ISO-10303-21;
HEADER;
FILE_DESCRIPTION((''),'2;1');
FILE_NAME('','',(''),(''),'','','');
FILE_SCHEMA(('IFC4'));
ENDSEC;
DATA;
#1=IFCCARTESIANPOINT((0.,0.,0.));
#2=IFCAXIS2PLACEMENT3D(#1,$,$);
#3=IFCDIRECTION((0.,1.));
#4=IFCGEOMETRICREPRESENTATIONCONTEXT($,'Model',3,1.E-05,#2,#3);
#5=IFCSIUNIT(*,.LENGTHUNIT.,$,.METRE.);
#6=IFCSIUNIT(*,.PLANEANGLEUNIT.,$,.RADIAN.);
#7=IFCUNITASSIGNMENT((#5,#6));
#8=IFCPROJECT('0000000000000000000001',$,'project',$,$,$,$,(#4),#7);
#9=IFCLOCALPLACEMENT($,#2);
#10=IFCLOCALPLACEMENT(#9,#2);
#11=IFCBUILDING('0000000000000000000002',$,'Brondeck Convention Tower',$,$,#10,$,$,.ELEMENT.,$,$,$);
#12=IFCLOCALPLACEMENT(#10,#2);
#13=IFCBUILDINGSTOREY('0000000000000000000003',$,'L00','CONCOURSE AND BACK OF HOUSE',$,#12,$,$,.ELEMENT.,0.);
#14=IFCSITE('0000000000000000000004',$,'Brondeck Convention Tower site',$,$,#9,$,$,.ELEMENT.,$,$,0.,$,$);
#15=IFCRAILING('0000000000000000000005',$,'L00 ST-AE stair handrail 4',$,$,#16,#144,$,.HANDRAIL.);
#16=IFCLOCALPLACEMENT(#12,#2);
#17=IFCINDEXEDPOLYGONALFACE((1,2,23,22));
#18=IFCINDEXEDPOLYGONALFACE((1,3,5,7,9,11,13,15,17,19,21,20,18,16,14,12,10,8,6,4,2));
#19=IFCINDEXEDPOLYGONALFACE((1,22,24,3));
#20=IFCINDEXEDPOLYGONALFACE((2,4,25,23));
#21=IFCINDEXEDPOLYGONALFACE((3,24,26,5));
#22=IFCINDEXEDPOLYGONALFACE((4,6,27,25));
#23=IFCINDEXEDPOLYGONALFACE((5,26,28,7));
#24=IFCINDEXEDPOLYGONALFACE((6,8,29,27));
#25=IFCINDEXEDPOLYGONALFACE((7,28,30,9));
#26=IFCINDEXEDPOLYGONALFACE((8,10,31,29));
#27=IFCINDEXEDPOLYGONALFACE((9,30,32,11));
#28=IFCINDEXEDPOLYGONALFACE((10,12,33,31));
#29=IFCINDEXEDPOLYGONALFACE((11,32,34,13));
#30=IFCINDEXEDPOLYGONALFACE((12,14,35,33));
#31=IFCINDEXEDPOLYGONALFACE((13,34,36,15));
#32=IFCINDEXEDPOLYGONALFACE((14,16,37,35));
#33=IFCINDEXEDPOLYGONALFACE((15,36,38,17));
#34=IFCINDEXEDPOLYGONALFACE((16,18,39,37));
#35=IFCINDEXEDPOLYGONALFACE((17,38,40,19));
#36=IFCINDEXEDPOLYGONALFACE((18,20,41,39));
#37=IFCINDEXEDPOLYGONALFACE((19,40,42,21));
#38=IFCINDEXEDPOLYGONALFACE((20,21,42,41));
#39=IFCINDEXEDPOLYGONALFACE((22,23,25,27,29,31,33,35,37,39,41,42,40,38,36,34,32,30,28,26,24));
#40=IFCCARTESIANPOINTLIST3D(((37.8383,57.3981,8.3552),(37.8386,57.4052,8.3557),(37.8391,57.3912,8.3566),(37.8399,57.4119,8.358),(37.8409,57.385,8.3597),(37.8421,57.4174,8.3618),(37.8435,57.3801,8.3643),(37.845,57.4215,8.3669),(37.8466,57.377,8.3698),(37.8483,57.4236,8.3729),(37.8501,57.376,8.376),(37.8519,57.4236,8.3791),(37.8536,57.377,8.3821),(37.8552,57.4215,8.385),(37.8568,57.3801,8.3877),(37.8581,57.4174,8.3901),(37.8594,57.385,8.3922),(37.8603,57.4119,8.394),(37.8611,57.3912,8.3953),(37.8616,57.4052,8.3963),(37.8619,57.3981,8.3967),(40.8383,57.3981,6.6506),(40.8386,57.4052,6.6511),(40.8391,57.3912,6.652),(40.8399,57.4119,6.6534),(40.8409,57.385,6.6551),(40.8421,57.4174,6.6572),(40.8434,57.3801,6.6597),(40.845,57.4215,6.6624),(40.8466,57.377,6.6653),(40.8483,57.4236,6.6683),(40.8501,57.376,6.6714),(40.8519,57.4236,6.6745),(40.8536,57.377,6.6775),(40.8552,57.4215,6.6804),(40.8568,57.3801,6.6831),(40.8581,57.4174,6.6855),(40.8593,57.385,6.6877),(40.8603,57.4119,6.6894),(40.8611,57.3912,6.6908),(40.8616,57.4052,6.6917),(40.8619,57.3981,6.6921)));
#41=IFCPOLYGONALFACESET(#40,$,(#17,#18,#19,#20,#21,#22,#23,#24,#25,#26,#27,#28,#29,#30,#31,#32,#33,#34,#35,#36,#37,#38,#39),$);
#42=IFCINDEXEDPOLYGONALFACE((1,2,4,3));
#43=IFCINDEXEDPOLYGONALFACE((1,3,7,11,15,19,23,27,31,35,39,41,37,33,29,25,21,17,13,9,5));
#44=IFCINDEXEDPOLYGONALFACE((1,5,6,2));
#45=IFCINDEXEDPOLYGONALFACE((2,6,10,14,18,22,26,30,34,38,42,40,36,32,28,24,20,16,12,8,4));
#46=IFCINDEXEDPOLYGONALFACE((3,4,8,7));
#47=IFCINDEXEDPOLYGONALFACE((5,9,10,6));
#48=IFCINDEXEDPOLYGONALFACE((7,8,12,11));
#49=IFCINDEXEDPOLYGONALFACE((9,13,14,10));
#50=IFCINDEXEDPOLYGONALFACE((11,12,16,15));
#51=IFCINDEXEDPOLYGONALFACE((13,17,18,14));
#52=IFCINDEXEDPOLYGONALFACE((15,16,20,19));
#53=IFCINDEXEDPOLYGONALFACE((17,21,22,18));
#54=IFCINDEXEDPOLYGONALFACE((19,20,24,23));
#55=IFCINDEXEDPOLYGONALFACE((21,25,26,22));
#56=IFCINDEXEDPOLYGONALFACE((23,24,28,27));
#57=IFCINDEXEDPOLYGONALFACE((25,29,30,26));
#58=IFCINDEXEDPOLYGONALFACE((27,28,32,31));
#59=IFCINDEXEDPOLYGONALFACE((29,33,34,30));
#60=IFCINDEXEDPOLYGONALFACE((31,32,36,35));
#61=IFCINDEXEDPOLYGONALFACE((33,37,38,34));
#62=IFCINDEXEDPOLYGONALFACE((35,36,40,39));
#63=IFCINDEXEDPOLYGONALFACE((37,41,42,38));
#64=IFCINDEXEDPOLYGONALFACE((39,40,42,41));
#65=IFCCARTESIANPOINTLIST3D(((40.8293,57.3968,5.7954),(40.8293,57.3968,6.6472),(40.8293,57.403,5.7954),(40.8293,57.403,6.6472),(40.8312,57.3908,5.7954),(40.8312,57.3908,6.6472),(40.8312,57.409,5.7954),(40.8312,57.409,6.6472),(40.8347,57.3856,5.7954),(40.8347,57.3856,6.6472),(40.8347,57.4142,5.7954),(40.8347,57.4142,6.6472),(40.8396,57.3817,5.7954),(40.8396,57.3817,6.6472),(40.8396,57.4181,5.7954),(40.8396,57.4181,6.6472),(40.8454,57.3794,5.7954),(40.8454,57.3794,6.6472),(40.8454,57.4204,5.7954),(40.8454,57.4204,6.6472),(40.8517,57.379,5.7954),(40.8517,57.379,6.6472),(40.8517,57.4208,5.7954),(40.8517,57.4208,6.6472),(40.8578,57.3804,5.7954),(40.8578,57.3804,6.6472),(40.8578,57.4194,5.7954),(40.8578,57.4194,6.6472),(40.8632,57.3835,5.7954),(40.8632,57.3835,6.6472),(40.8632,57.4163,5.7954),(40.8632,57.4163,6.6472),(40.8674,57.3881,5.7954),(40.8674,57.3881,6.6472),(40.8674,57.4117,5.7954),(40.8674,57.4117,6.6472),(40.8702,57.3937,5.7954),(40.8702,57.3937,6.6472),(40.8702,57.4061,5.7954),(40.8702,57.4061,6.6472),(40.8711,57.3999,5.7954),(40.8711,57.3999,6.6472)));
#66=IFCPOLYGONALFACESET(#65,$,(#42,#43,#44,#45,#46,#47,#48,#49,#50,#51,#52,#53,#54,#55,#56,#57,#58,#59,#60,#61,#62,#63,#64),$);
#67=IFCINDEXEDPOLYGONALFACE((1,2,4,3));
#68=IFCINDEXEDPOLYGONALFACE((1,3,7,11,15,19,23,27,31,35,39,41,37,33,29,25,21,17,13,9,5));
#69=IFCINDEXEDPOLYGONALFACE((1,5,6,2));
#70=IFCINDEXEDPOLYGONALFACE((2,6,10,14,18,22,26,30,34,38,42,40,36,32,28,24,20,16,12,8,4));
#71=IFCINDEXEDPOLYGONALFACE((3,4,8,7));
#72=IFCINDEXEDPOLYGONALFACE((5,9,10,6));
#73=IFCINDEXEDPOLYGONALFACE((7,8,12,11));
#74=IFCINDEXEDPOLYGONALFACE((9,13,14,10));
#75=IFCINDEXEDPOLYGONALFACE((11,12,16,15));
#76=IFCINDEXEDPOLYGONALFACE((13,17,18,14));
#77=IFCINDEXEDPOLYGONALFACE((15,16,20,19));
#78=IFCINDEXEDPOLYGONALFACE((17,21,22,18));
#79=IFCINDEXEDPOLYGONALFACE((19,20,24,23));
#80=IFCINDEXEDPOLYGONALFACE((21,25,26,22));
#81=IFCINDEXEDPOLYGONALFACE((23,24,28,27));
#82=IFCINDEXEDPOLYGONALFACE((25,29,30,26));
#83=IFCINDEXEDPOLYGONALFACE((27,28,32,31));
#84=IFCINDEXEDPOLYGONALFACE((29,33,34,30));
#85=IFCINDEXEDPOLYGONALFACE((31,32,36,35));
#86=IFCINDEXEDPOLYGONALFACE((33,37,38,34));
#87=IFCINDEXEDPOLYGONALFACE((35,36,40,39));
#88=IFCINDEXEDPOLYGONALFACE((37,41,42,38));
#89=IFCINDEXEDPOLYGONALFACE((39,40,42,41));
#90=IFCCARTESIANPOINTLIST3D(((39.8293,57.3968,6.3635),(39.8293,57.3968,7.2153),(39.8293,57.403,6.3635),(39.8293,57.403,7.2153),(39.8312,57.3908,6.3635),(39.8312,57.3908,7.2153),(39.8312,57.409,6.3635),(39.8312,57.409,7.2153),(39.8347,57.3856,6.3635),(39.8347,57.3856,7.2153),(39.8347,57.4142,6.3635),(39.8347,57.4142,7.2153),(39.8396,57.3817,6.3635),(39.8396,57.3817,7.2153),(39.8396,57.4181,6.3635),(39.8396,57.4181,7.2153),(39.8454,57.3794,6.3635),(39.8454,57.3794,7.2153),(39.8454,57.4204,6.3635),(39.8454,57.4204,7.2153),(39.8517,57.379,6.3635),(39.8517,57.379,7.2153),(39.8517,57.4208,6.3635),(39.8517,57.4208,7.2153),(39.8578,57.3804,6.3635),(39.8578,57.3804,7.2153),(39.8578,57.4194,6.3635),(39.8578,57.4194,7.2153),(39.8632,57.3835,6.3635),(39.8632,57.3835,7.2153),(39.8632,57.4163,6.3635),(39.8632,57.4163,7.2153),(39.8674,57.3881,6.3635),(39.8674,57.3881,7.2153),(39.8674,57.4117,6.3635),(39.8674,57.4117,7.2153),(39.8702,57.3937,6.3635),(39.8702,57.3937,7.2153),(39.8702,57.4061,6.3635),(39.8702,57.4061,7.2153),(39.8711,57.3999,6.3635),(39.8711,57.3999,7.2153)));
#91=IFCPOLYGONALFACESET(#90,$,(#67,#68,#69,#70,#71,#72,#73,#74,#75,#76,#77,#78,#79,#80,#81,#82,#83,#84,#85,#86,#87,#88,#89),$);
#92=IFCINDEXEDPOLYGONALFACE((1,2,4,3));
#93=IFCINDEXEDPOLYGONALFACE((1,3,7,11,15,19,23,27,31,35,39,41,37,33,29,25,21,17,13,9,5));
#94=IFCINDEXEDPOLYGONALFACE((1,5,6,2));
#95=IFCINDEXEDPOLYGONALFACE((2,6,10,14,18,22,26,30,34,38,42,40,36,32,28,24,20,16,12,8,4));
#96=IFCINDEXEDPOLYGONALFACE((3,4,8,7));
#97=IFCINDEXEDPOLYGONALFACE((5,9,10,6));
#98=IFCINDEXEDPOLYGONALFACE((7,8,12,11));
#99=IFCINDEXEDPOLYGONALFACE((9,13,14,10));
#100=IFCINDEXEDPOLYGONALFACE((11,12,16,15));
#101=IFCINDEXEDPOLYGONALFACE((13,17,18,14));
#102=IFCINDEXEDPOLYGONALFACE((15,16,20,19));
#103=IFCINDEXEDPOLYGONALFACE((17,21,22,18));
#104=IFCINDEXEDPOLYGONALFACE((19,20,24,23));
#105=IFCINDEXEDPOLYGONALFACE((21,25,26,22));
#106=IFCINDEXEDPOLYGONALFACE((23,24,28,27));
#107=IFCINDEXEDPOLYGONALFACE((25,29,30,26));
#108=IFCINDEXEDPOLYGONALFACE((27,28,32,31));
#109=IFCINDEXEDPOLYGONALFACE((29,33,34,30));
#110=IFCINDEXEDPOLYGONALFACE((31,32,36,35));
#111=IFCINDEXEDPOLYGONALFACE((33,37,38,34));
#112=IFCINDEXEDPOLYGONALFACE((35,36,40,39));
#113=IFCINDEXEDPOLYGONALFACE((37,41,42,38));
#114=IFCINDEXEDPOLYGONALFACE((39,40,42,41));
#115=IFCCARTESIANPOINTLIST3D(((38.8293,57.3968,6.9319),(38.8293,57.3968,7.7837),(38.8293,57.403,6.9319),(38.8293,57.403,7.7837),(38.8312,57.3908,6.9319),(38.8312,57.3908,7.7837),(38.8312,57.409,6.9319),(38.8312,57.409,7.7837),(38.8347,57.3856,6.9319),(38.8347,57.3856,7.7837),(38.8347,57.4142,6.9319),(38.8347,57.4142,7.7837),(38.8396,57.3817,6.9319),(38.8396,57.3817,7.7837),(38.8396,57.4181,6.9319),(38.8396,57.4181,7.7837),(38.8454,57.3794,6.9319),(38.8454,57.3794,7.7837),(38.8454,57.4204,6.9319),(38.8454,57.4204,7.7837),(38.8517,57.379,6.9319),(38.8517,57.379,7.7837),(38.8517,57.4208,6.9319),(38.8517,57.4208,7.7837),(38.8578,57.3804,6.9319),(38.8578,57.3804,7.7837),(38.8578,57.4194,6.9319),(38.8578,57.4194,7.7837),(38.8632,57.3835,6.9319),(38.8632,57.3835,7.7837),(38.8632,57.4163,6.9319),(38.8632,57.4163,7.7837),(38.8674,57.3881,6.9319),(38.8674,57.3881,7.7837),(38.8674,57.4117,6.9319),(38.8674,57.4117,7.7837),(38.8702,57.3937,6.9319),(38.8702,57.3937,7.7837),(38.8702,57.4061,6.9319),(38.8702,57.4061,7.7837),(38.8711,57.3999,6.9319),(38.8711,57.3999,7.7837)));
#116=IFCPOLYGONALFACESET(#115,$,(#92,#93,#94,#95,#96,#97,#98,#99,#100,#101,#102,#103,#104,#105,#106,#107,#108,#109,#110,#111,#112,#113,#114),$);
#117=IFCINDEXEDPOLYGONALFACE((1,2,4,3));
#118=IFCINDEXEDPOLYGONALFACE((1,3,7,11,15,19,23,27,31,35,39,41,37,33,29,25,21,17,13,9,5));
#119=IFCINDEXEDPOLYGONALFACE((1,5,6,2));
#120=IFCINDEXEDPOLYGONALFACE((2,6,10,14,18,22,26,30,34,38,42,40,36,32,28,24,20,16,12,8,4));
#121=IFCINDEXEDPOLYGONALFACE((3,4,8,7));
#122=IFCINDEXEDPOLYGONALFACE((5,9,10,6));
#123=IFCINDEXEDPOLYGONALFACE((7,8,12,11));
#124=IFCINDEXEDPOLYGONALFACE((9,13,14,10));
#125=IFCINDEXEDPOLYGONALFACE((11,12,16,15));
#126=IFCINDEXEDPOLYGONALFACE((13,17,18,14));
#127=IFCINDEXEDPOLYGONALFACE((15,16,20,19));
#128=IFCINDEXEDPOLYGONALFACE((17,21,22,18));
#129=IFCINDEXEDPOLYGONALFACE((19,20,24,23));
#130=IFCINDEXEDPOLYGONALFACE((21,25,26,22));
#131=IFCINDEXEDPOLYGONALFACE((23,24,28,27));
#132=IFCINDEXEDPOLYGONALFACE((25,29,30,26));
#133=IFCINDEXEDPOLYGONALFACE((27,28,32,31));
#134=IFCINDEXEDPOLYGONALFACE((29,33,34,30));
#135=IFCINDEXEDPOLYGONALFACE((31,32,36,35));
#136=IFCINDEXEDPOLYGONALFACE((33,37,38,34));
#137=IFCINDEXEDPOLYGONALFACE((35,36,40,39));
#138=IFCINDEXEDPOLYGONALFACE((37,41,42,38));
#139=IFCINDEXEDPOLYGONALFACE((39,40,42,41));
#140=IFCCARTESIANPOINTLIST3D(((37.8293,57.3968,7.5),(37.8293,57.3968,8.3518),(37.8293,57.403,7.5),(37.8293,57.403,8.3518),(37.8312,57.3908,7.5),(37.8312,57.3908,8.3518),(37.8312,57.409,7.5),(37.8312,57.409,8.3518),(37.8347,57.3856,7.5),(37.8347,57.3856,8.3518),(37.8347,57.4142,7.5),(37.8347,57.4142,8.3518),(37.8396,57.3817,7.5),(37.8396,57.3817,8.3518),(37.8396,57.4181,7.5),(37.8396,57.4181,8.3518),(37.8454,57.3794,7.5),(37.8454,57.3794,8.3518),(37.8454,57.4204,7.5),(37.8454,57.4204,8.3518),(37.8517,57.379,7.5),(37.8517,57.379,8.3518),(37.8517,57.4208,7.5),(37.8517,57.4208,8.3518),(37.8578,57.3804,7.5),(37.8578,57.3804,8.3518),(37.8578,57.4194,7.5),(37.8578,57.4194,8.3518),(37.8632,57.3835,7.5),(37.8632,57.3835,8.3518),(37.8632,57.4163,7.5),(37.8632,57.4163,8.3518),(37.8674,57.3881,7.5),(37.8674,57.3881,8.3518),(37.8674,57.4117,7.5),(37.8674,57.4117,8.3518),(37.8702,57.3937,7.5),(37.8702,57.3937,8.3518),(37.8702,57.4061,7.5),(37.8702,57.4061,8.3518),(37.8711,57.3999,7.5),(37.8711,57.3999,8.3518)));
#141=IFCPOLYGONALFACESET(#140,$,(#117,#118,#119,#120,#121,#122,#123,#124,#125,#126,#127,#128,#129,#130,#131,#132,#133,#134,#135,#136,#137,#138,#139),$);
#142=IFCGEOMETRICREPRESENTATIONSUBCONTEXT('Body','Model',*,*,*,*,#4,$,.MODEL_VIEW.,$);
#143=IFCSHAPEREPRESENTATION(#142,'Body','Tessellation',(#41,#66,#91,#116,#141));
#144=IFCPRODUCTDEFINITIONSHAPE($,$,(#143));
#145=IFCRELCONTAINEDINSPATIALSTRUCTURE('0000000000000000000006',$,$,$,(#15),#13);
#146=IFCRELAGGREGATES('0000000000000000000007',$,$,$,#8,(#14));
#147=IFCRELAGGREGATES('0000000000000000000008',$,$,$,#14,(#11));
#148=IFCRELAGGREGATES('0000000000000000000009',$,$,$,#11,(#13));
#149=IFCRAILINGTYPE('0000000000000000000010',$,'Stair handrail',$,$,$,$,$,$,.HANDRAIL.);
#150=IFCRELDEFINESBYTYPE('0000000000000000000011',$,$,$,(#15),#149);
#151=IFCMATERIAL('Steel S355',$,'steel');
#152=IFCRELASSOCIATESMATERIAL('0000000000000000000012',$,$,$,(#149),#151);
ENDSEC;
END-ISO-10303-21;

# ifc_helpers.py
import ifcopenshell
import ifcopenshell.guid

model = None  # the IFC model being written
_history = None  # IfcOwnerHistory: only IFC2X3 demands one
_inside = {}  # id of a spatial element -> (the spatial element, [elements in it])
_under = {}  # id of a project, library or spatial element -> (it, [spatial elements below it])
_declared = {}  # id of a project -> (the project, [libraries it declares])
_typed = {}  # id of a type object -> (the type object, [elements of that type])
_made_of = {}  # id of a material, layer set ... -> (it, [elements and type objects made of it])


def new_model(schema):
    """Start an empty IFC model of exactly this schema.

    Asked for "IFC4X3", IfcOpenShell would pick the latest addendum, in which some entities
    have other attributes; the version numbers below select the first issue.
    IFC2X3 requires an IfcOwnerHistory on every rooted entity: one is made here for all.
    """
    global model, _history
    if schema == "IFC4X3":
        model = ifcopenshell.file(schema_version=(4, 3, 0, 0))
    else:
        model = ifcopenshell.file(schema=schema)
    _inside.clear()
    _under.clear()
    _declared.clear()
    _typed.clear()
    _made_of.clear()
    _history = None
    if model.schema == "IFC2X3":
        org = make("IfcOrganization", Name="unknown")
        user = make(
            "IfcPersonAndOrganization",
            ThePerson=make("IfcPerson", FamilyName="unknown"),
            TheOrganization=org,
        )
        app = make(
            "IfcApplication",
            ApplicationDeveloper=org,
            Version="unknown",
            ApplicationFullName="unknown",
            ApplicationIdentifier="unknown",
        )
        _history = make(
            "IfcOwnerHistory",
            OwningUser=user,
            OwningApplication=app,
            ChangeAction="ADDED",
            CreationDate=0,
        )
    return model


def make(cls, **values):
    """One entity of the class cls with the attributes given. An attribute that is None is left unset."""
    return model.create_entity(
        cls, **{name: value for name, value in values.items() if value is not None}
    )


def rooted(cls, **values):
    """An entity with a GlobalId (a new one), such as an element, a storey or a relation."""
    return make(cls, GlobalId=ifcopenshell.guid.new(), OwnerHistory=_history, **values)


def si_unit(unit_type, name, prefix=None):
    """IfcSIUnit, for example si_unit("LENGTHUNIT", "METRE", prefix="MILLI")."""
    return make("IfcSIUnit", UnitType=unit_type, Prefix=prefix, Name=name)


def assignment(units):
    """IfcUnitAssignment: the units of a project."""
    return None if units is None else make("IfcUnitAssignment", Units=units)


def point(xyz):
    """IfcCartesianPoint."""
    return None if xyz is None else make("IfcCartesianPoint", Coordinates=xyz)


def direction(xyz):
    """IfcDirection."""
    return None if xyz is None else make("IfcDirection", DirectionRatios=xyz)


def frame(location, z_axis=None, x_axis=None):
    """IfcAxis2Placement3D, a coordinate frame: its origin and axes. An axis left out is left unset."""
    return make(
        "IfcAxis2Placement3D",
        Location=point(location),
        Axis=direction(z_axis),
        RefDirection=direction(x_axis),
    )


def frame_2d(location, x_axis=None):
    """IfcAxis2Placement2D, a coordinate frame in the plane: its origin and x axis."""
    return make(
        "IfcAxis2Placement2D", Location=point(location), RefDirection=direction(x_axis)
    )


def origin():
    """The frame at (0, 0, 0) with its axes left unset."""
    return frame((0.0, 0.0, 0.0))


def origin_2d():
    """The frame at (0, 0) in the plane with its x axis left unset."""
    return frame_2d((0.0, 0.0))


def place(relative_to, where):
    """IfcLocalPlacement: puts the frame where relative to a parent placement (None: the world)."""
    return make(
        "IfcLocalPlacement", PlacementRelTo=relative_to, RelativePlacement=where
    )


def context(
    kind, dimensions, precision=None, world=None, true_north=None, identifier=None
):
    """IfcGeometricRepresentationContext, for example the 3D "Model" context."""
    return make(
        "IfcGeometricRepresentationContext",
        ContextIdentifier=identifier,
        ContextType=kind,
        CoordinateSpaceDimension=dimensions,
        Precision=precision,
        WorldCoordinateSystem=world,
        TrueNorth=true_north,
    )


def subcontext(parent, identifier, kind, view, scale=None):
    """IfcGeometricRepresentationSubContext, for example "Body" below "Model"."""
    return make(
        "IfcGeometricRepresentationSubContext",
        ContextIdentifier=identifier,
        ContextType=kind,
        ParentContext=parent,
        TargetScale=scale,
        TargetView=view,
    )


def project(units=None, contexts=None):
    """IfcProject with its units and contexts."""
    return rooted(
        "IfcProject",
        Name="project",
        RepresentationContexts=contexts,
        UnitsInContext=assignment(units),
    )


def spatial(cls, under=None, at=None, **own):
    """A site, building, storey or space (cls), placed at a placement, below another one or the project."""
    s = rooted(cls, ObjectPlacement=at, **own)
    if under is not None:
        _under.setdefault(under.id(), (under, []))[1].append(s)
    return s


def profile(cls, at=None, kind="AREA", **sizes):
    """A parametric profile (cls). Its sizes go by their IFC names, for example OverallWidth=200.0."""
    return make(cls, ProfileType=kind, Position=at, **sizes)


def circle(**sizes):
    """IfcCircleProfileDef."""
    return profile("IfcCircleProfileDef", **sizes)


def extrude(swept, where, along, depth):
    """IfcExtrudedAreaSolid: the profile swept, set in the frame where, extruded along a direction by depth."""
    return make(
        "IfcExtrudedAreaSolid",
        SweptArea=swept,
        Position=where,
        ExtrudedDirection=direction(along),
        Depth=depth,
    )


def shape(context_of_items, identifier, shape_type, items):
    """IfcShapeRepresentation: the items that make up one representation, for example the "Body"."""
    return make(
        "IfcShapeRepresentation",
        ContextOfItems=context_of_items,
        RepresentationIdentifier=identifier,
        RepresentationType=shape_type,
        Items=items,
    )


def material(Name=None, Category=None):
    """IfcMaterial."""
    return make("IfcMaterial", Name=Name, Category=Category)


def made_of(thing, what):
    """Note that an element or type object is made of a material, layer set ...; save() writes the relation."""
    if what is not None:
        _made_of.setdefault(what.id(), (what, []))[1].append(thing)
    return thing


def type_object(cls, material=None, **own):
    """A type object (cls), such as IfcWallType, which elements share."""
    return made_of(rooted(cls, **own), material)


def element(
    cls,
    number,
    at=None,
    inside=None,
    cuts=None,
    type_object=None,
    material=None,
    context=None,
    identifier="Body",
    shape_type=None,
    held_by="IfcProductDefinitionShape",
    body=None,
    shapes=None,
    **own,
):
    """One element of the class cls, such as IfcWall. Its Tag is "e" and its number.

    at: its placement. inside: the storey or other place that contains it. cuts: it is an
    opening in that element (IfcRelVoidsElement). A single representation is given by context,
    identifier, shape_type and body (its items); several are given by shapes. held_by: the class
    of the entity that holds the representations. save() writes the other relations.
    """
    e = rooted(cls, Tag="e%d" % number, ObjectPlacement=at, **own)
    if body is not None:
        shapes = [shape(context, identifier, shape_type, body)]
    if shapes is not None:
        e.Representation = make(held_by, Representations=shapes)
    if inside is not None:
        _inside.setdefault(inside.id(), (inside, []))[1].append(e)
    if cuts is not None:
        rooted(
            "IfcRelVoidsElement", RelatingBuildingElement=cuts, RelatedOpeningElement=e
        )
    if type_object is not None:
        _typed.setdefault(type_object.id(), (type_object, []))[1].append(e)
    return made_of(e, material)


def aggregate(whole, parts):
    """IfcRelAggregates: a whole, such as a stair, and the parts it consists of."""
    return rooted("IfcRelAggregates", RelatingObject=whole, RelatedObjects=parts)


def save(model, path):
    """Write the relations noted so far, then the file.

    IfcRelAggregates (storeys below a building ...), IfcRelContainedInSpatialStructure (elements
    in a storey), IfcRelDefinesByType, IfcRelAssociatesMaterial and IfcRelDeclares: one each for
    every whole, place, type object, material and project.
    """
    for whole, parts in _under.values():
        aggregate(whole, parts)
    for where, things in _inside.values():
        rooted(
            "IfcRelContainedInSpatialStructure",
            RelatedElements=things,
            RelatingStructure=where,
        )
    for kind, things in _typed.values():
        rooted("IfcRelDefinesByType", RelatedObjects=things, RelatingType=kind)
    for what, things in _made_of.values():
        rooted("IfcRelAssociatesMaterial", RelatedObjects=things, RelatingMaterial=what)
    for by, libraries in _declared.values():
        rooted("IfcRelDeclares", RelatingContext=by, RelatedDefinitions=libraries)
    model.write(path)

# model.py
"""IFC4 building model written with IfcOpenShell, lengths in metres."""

from ifc_helpers import new_model, si_unit, direction, frame, origin, origin_2d, place, context, subcontext, project, spatial, circle, extrude, material, type_object, element, save


model = new_model("IFC4")

# Units and contexts
model_context = context("Model", 3, precision=1e-05, world=origin(), true_north=direction((0.0, 1.0)))
body_context = subcontext(model_context, "Body", "Model", "MODEL_VIEW")
ifc_project = project(units=[si_unit("LENGTHUNIT", "METRE"), si_unit("PLANEANGLEUNIT", "RADIAN")], contexts=[model_context])

# Site, building, storey
site_placement = place(None, origin())
site = spatial("IfcSite", under=ifc_project, at=site_placement, Name="Brondeck Convention Tower site", CompositionType="ELEMENT", RefElevation=0.0)
building_placement = place(site_placement, origin())
building = spatial("IfcBuilding", under=site, at=building_placement, Name="Brondeck Convention Tower", CompositionType="ELEMENT")
storey_placement = place(building_placement, origin())
storey = spatial("IfcBuildingStorey", under=building, at=storey_placement, Name="L00", Description="CONCOURSE AND BACK OF HOUSE", CompositionType="ELEMENT", Elevation=0.0)

# Shared definitions
ifc_material_1 = material(Name="Steel S355", Category="steel")

# Railing
railing_type_1 = type_object("IfcRailingType", Name="Stair handrail", PredefinedType="HANDRAIL", material=ifc_material_1)
for number, where, name in (
    (1, (40.8501, 57.3999, 5.7954), "L00 ST-AE stair handrail 4"),
):
    element("IfcRailing", number, at=place(storey_placement, frame(where)), inside=storey, type_object=railing_type_1, Name=name, PredefinedType="HANDRAIL", context=body_context, shape_type="SweptSolid", body=[
        extrude(circle(Radius=0.0239, at=origin_2d()), frame((0.0, 0.0, 0.876), z_axis=(-0.869451, 0.0, 0.494019), x_axis=(0.0, -1.0, 0.0)), (0.0, 0.0, 1.0), 3.4504),
        extrude(circle(Radius=0.021, at=origin_2d()), origin(), (0.0, 0.0, 1.0), 0.8518),
        extrude(circle(Radius=0.021, at=origin_2d()), frame((-1.0, 0.0, 0.5681)), (0.0, 0.0, 1.0), 0.8518),
        extrude(circle(Radius=0.021, at=origin_2d()), frame((-2.0, 0.0, 1.1365)), (0.0, 0.0, 1.0), 0.8518),
        extrude(circle(Radius=0.021, at=origin_2d()), frame((-3.0, 0.0, 1.7046)), (0.0, 0.0, 1.0), 0.8518),
    ])

save(model, "model.ifc")
